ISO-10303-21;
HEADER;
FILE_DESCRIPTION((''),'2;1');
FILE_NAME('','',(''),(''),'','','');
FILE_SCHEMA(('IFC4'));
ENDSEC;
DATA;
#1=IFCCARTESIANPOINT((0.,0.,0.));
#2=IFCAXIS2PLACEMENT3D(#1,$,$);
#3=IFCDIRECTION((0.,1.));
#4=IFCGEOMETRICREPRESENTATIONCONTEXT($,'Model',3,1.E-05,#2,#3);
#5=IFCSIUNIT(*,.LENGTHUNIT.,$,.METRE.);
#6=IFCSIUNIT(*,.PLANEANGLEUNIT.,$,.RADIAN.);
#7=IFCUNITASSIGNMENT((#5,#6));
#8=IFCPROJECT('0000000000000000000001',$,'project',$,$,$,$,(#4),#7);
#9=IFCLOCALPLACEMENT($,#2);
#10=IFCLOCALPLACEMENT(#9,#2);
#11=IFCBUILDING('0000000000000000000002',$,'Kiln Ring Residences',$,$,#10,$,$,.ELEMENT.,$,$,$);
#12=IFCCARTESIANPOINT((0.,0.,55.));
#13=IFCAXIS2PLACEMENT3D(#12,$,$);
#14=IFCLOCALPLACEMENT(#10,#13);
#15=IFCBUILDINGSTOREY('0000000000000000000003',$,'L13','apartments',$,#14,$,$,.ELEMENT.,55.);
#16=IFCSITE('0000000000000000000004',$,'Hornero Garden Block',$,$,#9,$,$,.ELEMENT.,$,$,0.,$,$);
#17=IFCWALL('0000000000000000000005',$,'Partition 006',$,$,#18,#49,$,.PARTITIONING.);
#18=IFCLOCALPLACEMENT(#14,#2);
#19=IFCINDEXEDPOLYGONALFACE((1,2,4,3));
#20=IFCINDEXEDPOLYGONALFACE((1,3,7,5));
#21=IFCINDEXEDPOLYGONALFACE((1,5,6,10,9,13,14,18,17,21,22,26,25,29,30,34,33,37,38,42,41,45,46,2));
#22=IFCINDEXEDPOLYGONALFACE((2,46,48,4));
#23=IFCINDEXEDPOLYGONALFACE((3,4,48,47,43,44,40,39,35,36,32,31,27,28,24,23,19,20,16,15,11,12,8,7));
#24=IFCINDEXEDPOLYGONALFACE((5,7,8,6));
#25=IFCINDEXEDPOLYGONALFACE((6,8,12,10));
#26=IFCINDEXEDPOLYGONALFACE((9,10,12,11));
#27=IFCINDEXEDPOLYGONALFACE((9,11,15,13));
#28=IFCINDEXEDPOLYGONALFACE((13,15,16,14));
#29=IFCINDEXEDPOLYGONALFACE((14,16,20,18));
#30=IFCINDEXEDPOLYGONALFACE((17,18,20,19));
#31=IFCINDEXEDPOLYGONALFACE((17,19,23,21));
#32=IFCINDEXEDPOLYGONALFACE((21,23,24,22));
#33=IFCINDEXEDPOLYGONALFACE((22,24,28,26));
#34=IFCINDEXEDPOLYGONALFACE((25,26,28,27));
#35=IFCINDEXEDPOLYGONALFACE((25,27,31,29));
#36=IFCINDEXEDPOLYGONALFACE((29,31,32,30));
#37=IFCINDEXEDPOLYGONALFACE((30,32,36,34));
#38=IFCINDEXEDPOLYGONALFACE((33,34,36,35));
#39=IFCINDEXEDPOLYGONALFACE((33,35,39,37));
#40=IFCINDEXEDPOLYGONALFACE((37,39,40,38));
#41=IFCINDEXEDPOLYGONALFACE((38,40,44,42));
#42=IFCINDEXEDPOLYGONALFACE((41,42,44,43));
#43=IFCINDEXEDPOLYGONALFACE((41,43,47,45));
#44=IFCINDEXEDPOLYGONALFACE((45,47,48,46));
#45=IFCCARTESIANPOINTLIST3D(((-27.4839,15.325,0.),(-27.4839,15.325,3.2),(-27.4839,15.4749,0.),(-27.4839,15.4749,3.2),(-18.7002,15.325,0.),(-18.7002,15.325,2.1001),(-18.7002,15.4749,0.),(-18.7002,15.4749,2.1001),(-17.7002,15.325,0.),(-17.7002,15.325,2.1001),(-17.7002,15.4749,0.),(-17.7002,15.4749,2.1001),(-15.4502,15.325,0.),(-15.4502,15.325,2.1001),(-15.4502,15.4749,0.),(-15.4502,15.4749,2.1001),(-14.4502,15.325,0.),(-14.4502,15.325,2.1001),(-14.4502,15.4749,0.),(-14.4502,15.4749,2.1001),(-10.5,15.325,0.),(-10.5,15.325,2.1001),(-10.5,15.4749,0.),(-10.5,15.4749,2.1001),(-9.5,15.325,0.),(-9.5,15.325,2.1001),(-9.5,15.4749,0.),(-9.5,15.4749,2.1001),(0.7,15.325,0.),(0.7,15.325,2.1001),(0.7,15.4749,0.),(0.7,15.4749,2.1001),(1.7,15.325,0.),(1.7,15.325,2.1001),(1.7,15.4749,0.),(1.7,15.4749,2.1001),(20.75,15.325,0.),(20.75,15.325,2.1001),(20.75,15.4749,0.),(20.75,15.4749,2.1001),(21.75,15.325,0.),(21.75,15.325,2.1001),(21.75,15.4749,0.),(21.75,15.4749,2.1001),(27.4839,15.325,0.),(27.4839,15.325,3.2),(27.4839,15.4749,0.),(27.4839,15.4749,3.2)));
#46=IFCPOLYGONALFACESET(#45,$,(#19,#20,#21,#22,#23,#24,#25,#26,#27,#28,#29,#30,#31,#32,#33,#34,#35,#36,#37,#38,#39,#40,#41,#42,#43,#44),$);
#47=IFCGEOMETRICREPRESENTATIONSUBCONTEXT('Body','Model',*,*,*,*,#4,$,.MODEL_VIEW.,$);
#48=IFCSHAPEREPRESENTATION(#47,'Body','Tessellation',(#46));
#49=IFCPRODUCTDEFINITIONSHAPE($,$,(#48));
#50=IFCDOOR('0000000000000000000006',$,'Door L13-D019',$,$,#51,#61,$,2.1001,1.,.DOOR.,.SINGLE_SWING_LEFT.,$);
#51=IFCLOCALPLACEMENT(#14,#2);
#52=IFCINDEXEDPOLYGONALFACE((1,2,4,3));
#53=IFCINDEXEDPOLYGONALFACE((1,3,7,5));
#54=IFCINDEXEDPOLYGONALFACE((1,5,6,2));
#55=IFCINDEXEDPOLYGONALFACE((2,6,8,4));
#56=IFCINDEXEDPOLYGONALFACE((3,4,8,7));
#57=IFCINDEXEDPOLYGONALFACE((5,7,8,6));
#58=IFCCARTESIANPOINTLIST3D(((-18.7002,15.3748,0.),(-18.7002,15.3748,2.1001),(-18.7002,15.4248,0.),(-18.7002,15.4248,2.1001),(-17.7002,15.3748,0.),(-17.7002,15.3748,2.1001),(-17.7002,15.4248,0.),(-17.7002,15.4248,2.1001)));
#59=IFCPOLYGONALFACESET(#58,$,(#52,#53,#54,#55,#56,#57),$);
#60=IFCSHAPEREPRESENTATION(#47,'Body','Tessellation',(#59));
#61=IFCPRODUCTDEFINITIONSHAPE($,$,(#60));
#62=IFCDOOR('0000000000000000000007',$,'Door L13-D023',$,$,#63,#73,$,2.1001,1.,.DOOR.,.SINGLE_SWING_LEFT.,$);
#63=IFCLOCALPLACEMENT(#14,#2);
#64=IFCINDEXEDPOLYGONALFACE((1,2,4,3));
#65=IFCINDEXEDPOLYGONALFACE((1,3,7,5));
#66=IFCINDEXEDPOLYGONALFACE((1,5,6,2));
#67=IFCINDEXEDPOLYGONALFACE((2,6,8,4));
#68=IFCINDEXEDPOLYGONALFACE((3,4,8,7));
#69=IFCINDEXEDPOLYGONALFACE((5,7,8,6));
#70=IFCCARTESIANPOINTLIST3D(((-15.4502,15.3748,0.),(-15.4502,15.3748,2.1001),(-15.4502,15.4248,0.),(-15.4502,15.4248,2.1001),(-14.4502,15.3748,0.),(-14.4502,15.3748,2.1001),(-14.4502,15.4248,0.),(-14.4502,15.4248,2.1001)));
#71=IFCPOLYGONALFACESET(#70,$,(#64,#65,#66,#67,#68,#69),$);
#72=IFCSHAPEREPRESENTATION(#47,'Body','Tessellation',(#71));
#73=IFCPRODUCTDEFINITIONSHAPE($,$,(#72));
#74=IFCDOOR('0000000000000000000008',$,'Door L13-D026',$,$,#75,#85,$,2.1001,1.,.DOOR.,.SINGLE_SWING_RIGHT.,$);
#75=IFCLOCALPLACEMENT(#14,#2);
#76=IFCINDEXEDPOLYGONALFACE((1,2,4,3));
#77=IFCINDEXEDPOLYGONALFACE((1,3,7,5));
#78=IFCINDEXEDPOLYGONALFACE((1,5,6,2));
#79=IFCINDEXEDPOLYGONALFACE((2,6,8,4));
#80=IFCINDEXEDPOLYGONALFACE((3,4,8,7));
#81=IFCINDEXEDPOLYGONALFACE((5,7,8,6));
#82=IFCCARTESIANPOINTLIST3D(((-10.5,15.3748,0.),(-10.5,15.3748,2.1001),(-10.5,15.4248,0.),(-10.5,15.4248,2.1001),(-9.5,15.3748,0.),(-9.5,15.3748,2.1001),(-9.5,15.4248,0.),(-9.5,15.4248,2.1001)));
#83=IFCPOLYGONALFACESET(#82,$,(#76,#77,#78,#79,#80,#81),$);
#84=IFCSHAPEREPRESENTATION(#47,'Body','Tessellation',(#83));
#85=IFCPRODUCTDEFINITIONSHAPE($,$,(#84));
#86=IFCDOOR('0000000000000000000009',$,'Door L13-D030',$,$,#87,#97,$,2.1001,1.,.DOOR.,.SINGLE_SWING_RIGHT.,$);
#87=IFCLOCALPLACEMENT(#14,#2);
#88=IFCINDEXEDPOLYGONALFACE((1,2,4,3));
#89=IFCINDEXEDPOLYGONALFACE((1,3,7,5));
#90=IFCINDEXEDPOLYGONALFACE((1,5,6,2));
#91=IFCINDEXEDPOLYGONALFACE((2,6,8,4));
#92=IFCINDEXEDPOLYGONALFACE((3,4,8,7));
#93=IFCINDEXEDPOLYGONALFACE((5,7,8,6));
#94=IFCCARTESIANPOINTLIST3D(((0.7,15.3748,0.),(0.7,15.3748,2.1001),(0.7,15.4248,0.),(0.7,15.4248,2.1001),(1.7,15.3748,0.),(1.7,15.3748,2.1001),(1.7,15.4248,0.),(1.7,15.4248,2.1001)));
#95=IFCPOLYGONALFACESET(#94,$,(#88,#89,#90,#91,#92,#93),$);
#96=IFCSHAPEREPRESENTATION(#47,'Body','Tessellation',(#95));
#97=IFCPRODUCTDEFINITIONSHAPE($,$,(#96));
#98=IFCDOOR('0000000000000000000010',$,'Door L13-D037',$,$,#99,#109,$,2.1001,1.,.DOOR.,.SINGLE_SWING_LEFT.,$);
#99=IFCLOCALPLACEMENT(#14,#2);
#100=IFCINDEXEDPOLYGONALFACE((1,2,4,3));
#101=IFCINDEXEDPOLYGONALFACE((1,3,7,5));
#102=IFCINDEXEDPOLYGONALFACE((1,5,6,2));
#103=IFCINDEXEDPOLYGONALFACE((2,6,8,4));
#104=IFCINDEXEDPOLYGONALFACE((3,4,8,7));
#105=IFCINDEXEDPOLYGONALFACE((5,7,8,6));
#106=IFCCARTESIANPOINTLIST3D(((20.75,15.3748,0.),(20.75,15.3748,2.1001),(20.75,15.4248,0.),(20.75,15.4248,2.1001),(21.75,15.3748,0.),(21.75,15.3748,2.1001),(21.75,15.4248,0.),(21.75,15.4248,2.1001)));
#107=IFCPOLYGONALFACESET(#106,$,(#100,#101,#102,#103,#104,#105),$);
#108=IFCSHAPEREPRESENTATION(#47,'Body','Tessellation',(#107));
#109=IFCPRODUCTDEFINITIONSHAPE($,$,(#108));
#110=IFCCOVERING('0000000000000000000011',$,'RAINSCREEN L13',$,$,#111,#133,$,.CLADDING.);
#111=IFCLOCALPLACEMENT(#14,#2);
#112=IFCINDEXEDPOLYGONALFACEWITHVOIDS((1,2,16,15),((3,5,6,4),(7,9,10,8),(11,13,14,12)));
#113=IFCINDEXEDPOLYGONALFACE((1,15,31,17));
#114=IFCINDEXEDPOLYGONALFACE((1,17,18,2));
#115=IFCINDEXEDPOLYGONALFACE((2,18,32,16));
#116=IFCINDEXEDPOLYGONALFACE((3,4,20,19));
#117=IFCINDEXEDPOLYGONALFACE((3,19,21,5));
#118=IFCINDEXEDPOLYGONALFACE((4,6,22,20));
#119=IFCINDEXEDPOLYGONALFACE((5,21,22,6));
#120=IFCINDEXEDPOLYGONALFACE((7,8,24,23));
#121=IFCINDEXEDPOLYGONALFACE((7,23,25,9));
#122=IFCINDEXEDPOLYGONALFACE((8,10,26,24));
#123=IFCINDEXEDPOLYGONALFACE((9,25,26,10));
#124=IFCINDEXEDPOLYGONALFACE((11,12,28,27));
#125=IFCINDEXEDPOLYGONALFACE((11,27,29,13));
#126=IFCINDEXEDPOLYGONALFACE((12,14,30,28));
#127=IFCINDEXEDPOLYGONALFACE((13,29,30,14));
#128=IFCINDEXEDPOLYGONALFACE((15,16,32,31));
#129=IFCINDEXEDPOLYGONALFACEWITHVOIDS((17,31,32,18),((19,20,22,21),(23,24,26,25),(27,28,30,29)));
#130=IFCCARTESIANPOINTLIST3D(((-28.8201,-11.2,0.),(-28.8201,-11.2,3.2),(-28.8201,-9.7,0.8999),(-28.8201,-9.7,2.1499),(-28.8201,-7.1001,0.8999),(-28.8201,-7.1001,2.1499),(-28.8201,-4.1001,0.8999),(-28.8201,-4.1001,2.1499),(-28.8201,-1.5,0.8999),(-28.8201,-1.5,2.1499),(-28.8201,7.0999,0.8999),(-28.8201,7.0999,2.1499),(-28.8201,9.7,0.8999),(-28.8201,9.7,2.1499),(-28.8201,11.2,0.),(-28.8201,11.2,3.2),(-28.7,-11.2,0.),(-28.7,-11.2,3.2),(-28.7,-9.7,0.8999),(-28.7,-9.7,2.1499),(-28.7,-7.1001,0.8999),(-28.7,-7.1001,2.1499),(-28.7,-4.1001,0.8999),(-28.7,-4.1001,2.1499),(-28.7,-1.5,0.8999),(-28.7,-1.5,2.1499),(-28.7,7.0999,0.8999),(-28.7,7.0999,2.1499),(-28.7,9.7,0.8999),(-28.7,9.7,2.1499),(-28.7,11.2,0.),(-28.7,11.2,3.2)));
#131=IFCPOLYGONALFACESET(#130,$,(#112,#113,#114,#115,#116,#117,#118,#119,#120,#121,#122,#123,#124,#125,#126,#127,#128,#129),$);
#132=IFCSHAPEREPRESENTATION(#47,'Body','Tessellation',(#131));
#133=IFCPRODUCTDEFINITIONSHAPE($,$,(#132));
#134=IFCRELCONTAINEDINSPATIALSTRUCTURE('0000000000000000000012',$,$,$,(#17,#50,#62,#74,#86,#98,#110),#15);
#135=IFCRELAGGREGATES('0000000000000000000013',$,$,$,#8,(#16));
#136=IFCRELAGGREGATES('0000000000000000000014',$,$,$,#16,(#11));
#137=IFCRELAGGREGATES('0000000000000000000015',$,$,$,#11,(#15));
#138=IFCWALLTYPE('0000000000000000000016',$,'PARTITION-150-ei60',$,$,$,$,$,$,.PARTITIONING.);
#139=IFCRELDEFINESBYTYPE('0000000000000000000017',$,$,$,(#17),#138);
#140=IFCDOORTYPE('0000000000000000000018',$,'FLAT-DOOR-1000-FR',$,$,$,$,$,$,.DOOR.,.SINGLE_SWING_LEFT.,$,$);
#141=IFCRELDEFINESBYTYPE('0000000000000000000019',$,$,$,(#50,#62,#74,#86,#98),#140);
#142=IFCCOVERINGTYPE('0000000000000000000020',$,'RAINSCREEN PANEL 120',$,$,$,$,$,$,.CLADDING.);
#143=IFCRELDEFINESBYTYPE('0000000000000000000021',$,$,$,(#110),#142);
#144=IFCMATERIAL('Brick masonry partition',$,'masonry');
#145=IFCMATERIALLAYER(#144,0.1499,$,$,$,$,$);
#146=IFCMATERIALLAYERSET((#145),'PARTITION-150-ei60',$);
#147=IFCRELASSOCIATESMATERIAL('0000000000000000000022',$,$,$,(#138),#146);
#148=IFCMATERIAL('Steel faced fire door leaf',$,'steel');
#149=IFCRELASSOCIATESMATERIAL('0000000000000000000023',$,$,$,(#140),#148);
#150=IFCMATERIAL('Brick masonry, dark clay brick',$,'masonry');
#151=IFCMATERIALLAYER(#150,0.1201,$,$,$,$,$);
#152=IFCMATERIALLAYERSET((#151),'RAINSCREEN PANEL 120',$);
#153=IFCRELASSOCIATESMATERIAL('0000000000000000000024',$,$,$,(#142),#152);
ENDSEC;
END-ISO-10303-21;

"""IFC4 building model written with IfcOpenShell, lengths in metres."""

from ifc_helpers import new_model, si_unit, direction, frame, frame_2d, origin, place, context, subcontext, project, spatial, polyline, rectangle, outline, extrude, material, layer, layer_set, type_object, element, fill, save


model = new_model("IFC4")

# Units and contexts
model_context = context("Model", 3, precision=1e-05, world=origin(), true_north=direction((0.0, 1.0)))
body_context = subcontext(model_context, "Body", "Model", "MODEL_VIEW")
ifc_project = project(units=[si_unit("LENGTHUNIT", "METRE"), si_unit("PLANEANGLEUNIT", "RADIAN")], contexts=[model_context])

# Site, building, storey
site_placement = place(None, origin())
site = spatial("IfcSite", under=ifc_project, at=site_placement, Name="Hornero Garden Block", CompositionType="ELEMENT", RefElevation=0.0)
building_placement = place(site_placement, origin())
building = spatial("IfcBuilding", under=site, at=building_placement, Name="Kiln Ring Residences", CompositionType="ELEMENT")
storey_placement = place(building_placement, frame((0.0, 0.0, 55.0)))
storey = spatial("IfcBuildingStorey", under=building, at=storey_placement, Name="L13", Description="apartments", CompositionType="ELEMENT", Elevation=55.0)

# Wall, openings, doors
ifc_material_1 = material(Name="Brick masonry partition", Category="masonry")
ifc_layer_1 = layer(ifc_material_1, 0.1499)
ifc_layer_set_1 = layer_set([ifc_layer_1], Name="PARTITION-150-ei60")
wall_type_1 = type_object("IfcWallType", Name="PARTITION-150-ei60", PredefinedType="PARTITIONING", material=ifc_layer_set_1)
wall_1_placement = place(storey_placement, frame((-27.4839, 15.3999, 0.0), z_axis=(0.0, 0.0, 1.0), x_axis=(1.0, 0.0, 0.0)))
wall_1 = element("IfcWall", 1, at=wall_1_placement, inside=storey, type_object=wall_type_1, Name="Partition 006", PredefinedType="PARTITIONING", context=body_context, shape_type="SweptSolid", body=[
    extrude(rectangle(XDim=54.9678, YDim=0.1499, at=frame_2d((27.4839, 0.0))), origin(), (0.0, 0.0, 1.0), 3.2),
])
opening_1_placement = place(wall_1_placement, frame((8.7837, 0.0, 0.0)))
opening_1 = element("IfcOpeningElement", 2, at=opening_1_placement, cuts=wall_1, PredefinedType="OPENING", context=body_context, shape_type="SweptSolid", body=[
    extrude(rectangle(XDim=1.0, YDim=2.1001, at=frame_2d((0.5, 1.05))), frame((0.0, 0.085, 0.0), z_axis=(0.0, -1.0, 0.0), x_axis=(1.0, 0.0, 0.0)), (0.0, 0.0, 1.0), 0.1699),
])
opening_2_placement = place(wall_1_placement, frame((12.0337, 0.0, 0.0)))
opening_2 = element("IfcOpeningElement", 3, at=opening_2_placement, cuts=wall_1, PredefinedType="OPENING", context=body_context, shape_type="SweptSolid", body=[
    extrude(rectangle(XDim=1.0, YDim=2.1001, at=frame_2d((0.5, 1.05))), frame((0.0, 0.085, 0.0), z_axis=(0.0, -1.0, 0.0), x_axis=(1.0, 0.0, 0.0)), (0.0, 0.0, 1.0), 0.1699),
])
opening_3_placement = place(wall_1_placement, frame((16.9839, 0.0, 0.0)))
opening_3 = element("IfcOpeningElement", 4, at=opening_3_placement, cuts=wall_1, PredefinedType="OPENING", context=body_context, shape_type="SweptSolid", body=[
    extrude(rectangle(XDim=1.0, YDim=2.1001, at=frame_2d((0.5, 1.05))), frame((0.0, 0.085, 0.0), z_axis=(0.0, -1.0, 0.0), x_axis=(1.0, 0.0, 0.0)), (0.0, 0.0, 1.0), 0.1699),
])
opening_4_placement = place(wall_1_placement, frame((28.1838, 0.0, 0.0)))
opening_4 = element("IfcOpeningElement", 5, at=opening_4_placement, cuts=wall_1, PredefinedType="OPENING", context=body_context, shape_type="SweptSolid", body=[
    extrude(rectangle(XDim=1.0, YDim=2.1001, at=frame_2d((0.5, 1.05))), frame((0.0, 0.085, 0.0), z_axis=(0.0, -1.0, 0.0), x_axis=(1.0, 0.0, 0.0)), (0.0, 0.0, 1.0), 0.1699),
])
opening_5_placement = place(wall_1_placement, frame((48.2339, 0.0, 0.0)))
opening_5 = element("IfcOpeningElement", 6, at=opening_5_placement, cuts=wall_1, PredefinedType="OPENING", context=body_context, shape_type="SweptSolid", body=[
    extrude(rectangle(XDim=1.0, YDim=2.1001, at=frame_2d((0.5, 1.05))), frame((0.0, 0.085, 0.0), z_axis=(0.0, -1.0, 0.0), x_axis=(1.0, 0.0, 0.0)), (0.0, 0.0, 1.0), 0.1699),
])
ifc_material_2 = material(Name="Steel faced fire door leaf", Category="steel")
door_type = type_object("IfcDoorType", Name="FLAT-DOOR-1000-FR", OperationType="SINGLE_SWING_LEFT", PredefinedType="DOOR", material=ifc_material_2)
door_1_placement = place(opening_1_placement, origin())
door_1 = element("IfcDoor", 7, at=door_1_placement, inside=storey, type_object=door_type, Name="Door L13-D019", OperationType="SINGLE_SWING_LEFT", OverallHeight=2.1001, OverallWidth=1.0, PredefinedType="DOOR", context=body_context, shape_type="SweptSolid", body=[
    extrude(rectangle(XDim=1.0, YDim=2.1001, at=frame_2d((0.5, 1.05))), frame((0.0, 0.0249, 0.0), z_axis=(0.0, -1.0, 0.0), x_axis=(1.0, 0.0, 0.0)), (0.0, 0.0, 1.0), 0.05),
])
fill(opening_1, door_1)
door_2_placement = place(opening_2_placement, origin())
door_2 = element("IfcDoor", 8, at=door_2_placement, inside=storey, type_object=door_type, Name="Door L13-D023", OperationType="SINGLE_SWING_LEFT", OverallHeight=2.1001, OverallWidth=1.0, PredefinedType="DOOR", context=body_context, shape_type="SweptSolid", body=[
    extrude(rectangle(XDim=1.0, YDim=2.1001, at=frame_2d((0.5, 1.05))), frame((0.0, 0.0249, 0.0), z_axis=(0.0, -1.0, 0.0), x_axis=(1.0, 0.0, 0.0)), (0.0, 0.0, 1.0), 0.05),
])
fill(opening_2, door_2)
door_3_placement = place(opening_3_placement, origin())
door_3 = element("IfcDoor", 9, at=door_3_placement, inside=storey, type_object=door_type, Name="Door L13-D026", OperationType="SINGLE_SWING_RIGHT", OverallHeight=2.1001, OverallWidth=1.0, PredefinedType="DOOR", context=body_context, shape_type="SweptSolid", body=[
    extrude(rectangle(XDim=1.0, YDim=2.1001, at=frame_2d((0.5, 1.05))), frame((0.0, 0.0249, 0.0), z_axis=(0.0, -1.0, 0.0), x_axis=(1.0, 0.0, 0.0)), (0.0, 0.0, 1.0), 0.05),
])
fill(opening_3, door_3)
door_4_placement = place(opening_4_placement, origin())
door_4 = element("IfcDoor", 10, at=door_4_placement, inside=storey, type_object=door_type, Name="Door L13-D030", OperationType="SINGLE_SWING_RIGHT", OverallHeight=2.1001, OverallWidth=1.0, PredefinedType="DOOR", context=body_context, shape_type="SweptSolid", body=[
    extrude(rectangle(XDim=1.0, YDim=2.1001, at=frame_2d((0.5, 1.05))), frame((0.0, 0.0249, 0.0), z_axis=(0.0, -1.0, 0.0), x_axis=(1.0, 0.0, 0.0)), (0.0, 0.0, 1.0), 0.05),
])
fill(opening_4, door_4)
door_5_placement = place(opening_5_placement, origin())
door_5 = element("IfcDoor", 11, at=door_5_placement, inside=storey, type_object=door_type, Name="Door L13-D037", OperationType="SINGLE_SWING_LEFT", OverallHeight=2.1001, OverallWidth=1.0, PredefinedType="DOOR", context=body_context, shape_type="SweptSolid", body=[
    extrude(rectangle(XDim=1.0, YDim=2.1001, at=frame_2d((0.5, 1.05))), frame((0.0, 0.0249, 0.0), z_axis=(0.0, -1.0, 0.0), x_axis=(1.0, 0.0, 0.0)), (0.0, 0.0, 1.0), 0.05),
])
fill(opening_5, door_5)

# Covering
ifc_material_3 = material(Name="Brick masonry, dark clay brick", Category="masonry")
ifc_layer_2 = layer(ifc_material_3, 0.1201)
ifc_layer_set_2 = layer_set([ifc_layer_2], Name="RAINSCREEN PANEL 120")
covering_type = type_object("IfcCoveringType", Name="RAINSCREEN PANEL 120", PredefinedType="CLADDING", material=ifc_layer_set_2)
covering_placement = place(storey_placement, frame((-28.76, 11.2, 0.0), z_axis=(0.0, 0.0, 1.0), x_axis=(0.0, -1.0, 0.0)))
element("IfcCovering", 12, at=covering_placement, inside=storey, type_object=covering_type, Name="RAINSCREEN L13", PredefinedType="CLADDING", context=body_context, shape_type="SweptSolid", body=[
    extrude(outline(polyline([(0.0, 0.0), (22.3999, 0.0), (22.3999, 3.2), (0.0, 3.2), (0.0, 0.0)]), holes=[polyline([(4.1001, 2.1499), (1.5, 2.1499), (1.5, 0.8999), (4.1001, 0.8999), (4.1001, 2.1499)]), polyline([(15.3, 0.8999), (15.3, 2.1499), (12.7, 2.1499), (12.7, 0.8999), (15.3, 0.8999)]), polyline([(20.8999, 0.8999), (20.8999, 2.1499), (18.3, 2.1499), (18.3, 0.8999), (20.8999, 0.8999)])]), frame((0.0, 0.0601, 0.0), z_axis=(0.0, -1.0, 0.0), x_axis=(1.0, 0.0, 0.0)), (0.0, 0.0, 1.0), 0.1201),
])

save(model, "model.ifc")
